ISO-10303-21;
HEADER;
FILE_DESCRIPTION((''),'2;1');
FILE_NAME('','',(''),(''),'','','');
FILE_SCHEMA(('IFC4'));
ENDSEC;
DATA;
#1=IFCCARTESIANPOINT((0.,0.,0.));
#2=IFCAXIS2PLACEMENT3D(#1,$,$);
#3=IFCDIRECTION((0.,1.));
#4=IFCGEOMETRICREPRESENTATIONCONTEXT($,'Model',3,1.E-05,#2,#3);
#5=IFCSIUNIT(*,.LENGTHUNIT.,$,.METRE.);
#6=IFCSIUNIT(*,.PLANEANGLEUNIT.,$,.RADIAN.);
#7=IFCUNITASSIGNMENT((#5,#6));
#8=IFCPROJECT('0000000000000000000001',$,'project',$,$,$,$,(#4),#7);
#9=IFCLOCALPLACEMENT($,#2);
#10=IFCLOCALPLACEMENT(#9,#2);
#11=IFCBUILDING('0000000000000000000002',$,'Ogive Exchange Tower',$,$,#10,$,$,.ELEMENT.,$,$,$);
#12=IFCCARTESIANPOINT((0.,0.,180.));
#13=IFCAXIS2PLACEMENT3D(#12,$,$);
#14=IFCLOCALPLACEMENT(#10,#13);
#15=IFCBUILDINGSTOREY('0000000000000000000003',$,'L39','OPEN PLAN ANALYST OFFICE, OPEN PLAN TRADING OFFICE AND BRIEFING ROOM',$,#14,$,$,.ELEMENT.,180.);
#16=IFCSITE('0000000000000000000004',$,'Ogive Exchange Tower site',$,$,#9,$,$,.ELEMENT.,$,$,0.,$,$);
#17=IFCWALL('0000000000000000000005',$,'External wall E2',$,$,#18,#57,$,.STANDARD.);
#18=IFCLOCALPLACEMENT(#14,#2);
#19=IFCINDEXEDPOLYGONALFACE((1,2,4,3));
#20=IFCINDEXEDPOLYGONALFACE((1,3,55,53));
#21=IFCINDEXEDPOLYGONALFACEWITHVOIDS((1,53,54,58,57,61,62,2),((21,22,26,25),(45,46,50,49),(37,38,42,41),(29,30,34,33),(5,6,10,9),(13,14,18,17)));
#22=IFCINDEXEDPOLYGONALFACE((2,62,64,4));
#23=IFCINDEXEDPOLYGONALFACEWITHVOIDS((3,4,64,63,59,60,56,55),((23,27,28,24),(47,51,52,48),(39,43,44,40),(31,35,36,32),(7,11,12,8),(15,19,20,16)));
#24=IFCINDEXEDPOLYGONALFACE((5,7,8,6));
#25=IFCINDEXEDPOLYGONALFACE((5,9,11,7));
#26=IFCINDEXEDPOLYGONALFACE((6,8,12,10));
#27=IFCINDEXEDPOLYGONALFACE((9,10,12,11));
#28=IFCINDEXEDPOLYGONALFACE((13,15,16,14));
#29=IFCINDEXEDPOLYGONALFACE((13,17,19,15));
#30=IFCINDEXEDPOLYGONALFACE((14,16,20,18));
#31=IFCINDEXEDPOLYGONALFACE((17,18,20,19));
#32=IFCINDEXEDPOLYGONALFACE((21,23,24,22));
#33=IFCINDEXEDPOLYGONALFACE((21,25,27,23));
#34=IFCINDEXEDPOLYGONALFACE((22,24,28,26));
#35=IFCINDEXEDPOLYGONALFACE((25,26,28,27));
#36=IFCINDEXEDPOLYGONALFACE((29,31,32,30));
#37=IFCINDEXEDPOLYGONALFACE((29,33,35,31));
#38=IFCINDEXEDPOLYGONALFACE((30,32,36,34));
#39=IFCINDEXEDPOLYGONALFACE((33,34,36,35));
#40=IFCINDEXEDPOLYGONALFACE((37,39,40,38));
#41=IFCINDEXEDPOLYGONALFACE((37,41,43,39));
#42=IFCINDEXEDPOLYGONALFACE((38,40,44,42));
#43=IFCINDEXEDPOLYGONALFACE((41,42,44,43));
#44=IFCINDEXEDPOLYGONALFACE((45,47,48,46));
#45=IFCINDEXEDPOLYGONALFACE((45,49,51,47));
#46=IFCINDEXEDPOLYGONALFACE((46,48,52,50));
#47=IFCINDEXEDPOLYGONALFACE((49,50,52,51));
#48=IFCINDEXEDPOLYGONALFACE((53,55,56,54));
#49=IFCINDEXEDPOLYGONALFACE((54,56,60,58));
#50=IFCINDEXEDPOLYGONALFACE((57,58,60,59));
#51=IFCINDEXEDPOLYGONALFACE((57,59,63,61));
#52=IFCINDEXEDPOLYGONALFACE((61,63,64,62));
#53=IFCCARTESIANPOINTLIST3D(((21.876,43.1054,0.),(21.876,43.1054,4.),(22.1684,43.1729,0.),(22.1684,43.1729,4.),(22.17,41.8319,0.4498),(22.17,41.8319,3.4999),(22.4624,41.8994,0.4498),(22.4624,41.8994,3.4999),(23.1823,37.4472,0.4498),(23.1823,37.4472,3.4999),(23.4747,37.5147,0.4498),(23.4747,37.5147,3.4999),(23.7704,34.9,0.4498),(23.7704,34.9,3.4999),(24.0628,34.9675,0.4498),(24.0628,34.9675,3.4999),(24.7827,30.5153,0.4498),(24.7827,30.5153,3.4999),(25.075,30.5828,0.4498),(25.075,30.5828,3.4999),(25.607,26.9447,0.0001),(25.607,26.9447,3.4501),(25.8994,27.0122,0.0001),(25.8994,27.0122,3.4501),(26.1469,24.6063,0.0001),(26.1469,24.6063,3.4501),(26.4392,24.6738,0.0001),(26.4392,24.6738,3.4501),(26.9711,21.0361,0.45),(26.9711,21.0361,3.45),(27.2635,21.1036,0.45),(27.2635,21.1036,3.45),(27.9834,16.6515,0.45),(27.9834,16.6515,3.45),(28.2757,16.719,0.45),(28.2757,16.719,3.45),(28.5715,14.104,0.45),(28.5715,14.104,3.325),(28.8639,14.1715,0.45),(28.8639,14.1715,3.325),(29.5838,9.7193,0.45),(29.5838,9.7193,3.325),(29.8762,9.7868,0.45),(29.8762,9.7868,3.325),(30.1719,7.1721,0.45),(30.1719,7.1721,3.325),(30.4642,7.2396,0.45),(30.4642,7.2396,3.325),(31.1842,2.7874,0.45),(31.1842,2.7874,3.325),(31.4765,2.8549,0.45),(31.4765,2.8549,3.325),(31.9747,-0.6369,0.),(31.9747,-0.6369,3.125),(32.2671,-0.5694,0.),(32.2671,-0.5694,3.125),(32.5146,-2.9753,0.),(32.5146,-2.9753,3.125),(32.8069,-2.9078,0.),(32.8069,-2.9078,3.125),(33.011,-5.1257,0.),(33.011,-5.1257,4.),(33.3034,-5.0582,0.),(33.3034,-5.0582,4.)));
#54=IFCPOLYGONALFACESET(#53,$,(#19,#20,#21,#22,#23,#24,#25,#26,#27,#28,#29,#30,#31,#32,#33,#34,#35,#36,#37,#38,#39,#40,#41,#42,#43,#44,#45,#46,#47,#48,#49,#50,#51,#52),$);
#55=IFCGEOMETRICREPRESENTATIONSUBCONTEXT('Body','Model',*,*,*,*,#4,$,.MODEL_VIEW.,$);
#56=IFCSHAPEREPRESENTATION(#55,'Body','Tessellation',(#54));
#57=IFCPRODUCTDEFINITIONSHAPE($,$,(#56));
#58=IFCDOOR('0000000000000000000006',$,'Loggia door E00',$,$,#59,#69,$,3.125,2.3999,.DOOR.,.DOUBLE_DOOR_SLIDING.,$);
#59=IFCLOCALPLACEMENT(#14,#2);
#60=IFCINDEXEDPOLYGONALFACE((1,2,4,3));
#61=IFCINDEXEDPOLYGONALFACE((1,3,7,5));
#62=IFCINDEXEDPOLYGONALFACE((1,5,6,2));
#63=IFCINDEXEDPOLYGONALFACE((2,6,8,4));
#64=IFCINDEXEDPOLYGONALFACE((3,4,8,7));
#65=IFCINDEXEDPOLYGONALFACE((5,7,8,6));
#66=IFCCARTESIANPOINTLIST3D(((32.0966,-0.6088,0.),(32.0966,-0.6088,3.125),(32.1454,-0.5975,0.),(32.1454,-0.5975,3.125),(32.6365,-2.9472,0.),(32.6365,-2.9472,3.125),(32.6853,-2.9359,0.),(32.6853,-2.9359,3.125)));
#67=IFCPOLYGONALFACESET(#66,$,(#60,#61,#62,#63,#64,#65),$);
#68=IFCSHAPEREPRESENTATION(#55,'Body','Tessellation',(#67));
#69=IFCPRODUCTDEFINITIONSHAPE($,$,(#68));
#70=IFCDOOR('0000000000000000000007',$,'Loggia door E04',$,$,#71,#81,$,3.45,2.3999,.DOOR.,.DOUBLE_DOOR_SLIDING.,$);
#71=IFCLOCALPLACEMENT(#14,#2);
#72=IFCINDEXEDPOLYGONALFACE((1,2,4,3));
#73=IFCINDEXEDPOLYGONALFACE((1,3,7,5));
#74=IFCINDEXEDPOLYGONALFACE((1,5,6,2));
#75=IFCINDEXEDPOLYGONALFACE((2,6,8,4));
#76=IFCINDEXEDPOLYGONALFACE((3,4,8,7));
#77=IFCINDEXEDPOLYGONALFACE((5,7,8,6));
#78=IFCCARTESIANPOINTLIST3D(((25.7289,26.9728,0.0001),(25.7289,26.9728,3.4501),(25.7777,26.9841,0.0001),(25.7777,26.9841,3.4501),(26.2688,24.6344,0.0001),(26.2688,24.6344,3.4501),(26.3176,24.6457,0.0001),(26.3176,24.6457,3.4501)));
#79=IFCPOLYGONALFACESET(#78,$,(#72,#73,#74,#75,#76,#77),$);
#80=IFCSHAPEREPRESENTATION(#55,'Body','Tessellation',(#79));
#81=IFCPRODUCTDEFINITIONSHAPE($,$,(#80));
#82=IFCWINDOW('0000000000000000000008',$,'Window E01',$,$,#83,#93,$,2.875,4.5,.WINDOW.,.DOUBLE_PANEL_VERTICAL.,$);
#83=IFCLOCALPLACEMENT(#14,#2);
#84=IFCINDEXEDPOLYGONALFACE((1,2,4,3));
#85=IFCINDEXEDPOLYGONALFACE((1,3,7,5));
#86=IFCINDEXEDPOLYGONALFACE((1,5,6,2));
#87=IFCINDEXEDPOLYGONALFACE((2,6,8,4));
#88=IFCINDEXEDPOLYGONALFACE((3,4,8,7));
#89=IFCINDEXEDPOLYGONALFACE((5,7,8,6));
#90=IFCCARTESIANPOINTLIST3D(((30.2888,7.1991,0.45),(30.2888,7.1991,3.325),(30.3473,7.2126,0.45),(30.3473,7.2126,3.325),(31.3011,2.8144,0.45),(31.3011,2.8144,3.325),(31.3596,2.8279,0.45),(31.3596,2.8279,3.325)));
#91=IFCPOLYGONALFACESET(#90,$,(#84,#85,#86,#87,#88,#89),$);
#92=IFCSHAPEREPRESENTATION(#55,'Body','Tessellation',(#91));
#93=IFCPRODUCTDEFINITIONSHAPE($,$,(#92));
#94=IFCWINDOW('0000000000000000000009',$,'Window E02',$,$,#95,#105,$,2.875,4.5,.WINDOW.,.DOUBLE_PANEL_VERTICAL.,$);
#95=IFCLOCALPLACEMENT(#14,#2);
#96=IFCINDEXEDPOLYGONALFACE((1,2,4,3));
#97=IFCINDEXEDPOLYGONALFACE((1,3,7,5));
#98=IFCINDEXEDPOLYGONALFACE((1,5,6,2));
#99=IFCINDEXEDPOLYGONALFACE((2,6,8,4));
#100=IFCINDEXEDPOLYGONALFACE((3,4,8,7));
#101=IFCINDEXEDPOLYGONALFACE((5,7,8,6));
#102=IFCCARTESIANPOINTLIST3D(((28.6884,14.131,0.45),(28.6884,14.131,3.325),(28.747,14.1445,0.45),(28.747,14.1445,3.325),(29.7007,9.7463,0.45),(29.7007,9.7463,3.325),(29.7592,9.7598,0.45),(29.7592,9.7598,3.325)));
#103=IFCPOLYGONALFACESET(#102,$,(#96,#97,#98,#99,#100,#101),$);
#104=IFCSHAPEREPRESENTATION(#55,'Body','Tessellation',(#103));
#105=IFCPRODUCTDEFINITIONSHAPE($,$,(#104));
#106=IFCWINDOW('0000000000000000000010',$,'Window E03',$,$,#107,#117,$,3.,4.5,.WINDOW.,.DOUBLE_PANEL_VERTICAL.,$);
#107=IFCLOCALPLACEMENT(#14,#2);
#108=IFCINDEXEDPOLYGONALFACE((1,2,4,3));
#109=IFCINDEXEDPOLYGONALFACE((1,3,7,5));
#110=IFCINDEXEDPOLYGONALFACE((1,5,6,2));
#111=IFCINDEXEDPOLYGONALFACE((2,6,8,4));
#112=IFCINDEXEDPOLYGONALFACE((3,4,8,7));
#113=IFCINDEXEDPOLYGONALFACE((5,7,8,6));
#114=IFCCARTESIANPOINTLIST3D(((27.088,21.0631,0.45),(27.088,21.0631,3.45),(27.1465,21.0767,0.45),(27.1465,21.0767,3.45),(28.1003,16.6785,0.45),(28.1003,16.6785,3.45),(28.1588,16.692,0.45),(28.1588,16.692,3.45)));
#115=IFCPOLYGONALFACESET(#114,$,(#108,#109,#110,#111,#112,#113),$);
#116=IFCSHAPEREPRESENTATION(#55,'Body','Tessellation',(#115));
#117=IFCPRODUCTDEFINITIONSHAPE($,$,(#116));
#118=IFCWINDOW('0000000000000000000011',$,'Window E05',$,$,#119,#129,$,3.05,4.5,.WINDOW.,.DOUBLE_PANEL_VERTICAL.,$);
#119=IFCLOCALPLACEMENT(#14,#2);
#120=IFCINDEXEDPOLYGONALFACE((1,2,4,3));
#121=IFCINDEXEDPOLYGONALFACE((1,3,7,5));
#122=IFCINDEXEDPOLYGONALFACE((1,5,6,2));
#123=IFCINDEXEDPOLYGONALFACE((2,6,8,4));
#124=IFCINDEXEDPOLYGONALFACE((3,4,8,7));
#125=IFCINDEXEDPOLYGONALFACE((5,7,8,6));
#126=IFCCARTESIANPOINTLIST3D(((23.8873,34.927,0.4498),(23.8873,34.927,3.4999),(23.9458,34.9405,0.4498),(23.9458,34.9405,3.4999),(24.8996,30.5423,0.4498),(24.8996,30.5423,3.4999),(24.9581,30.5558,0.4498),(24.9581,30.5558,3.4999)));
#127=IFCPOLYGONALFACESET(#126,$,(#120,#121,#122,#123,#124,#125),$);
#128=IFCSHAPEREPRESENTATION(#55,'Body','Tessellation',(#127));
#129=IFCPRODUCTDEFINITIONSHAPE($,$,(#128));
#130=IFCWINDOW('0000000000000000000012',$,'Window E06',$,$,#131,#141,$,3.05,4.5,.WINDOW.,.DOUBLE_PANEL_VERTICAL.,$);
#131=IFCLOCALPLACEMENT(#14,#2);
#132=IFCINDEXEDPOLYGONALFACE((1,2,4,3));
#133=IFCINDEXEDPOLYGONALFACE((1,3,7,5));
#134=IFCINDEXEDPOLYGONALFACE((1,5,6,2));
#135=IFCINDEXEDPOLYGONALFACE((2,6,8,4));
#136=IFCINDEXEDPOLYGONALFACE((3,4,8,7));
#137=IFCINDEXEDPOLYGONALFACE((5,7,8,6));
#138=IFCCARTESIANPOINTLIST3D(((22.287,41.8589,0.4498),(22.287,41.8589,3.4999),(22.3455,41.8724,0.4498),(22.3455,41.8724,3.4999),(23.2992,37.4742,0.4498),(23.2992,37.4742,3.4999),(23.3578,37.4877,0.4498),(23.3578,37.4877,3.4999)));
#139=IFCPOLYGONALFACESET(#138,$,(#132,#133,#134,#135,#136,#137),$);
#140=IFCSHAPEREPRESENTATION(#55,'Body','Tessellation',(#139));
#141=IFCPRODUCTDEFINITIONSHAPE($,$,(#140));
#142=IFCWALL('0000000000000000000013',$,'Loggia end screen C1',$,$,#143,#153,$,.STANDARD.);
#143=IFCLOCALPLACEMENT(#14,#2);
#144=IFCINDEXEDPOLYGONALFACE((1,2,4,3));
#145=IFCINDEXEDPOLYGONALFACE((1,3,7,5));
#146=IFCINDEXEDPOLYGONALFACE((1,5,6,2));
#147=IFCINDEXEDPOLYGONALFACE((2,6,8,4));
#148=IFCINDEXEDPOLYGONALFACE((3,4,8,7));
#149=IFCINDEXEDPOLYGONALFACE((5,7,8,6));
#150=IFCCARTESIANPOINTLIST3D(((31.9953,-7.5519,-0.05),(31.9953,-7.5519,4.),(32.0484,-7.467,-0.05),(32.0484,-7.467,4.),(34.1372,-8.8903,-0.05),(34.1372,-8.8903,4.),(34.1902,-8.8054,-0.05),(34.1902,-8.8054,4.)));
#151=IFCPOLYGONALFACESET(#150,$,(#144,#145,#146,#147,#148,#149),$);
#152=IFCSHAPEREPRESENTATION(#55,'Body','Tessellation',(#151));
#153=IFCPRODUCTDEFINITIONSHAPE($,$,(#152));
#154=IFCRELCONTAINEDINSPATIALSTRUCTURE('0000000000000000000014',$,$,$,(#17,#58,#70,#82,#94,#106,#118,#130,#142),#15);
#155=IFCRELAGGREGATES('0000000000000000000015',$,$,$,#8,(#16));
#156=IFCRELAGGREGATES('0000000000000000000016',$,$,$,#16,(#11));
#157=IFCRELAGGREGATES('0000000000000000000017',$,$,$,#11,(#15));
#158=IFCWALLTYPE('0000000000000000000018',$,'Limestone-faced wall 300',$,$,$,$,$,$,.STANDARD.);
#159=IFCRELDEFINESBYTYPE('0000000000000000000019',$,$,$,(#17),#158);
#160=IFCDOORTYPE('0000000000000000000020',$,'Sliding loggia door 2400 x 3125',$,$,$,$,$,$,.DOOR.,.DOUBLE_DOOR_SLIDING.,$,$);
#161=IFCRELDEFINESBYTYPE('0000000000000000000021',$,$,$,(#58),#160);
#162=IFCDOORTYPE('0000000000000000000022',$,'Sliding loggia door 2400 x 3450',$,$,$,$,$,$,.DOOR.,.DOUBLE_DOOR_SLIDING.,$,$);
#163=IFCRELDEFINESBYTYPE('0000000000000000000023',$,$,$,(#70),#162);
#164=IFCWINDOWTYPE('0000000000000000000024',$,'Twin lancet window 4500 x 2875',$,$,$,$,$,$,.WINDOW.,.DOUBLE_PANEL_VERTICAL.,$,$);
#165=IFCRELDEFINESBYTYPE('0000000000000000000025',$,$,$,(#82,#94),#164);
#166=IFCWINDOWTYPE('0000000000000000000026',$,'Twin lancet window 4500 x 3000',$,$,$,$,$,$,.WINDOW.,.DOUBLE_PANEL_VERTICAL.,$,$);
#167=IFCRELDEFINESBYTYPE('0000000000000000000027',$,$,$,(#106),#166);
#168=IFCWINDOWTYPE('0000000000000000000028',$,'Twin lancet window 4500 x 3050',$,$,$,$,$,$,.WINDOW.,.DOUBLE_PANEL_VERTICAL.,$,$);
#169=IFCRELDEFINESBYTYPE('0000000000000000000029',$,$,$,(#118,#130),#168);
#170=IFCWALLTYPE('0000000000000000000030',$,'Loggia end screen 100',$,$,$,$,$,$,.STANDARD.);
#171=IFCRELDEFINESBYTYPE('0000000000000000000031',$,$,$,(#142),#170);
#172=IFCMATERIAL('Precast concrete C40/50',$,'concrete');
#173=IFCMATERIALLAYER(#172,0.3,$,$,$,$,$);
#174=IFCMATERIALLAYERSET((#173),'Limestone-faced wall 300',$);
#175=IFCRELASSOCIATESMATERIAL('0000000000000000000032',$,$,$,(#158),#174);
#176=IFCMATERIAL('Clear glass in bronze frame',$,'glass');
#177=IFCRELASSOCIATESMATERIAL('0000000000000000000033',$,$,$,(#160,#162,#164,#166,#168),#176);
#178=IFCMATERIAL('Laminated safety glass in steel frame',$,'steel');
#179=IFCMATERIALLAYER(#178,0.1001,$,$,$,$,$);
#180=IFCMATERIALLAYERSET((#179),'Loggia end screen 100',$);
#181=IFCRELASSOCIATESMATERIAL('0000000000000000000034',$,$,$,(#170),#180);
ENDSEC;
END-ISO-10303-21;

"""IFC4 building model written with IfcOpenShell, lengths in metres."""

from ifc_helpers import new_model, si_unit, direction, frame, frame_2d, origin, place, context, subcontext, project, spatial, rectangle, extrude, material, layer, layer_set, type_object, element, fill, save


model = new_model("IFC4")

# Units and contexts
model_context = context("Model", 3, precision=1e-05, world=origin(), true_north=direction((0.0, 1.0)))
body_context = subcontext(model_context, "Body", "Model", "MODEL_VIEW")
ifc_project = project(units=[si_unit("LENGTHUNIT", "METRE"), si_unit("PLANEANGLEUNIT", "RADIAN")], contexts=[model_context])

# Site, building, storey
site_placement = place(None, origin())
site = spatial("IfcSite", under=ifc_project, at=site_placement, Name="Ogive Exchange Tower site", CompositionType="ELEMENT", RefElevation=0.0)
building_placement = place(site_placement, origin())
building = spatial("IfcBuilding", under=site, at=building_placement, Name="Ogive Exchange Tower", CompositionType="ELEMENT")
storey_placement = place(building_placement, frame((0.0, 0.0, 180.0)))
storey = spatial("IfcBuildingStorey", under=building, at=storey_placement, Name="L39", Description="OPEN PLAN ANALYST OFFICE, OPEN PLAN TRADING OFFICE AND BRIEFING ROOM", CompositionType="ELEMENT", Elevation=180.0)

# Wall, openings, doors, windows
ifc_material_1 = material(Name="Precast concrete C40/50", Category="concrete")
ifc_layer_1 = layer(ifc_material_1, 0.3)
ifc_layer_set_1 = layer_set([ifc_layer_1], Name="Limestone-faced wall 300")
wall_type_1 = type_object("IfcWallType", Name="Limestone-faced wall 300", PredefinedType="STANDARD", material=ifc_layer_set_1)
wall_1_placement = place(storey_placement, frame((33.1572, -5.092, 0.0), z_axis=(0.0, 0.0, 1.0), x_axis=(-0.22495, 0.97437, 0.0)))
wall_1 = element("IfcWall", 1, at=wall_1_placement, inside=storey, type_object=wall_type_1, Name="External wall E2", PredefinedType="STANDARD", context=body_context, shape_type="SweptSolid", body=[
    extrude(rectangle(XDim=49.4998, YDim=0.3, at=frame_2d((24.75, 0.0))), origin(), (0.0, 0.0, 1.0), 4.0),
])
opening_1_placement = place(wall_1_placement, frame((2.207, 0.0, 0.0)))
opening_1 = element("IfcOpeningElement", 2, at=opening_1_placement, cuts=wall_1, PredefinedType="OPENING", context=body_context, shape_type="SweptSolid", body=[
    extrude(rectangle(XDim=2.3999, YDim=3.125, at=frame_2d((1.2, 1.5625))), frame((0.0, 0.1599, 0.0), z_axis=(0.0, -1.0, 0.0), x_axis=(1.0, 0.0, 0.0)), (0.0, 0.0, 1.0), 0.3201),
])
opening_2_placement = place(wall_1_placement, frame((8.1213, 0.0, 0.45)))
opening_2 = element("IfcOpeningElement", 3, at=opening_2_placement, cuts=wall_1, PredefinedType="OPENING", context=body_context, shape_type="SweptSolid", body=[
    extrude(rectangle(XDim=4.5, YDim=2.875, at=frame_2d((2.25, 1.4375))), frame((0.0, 0.1599, 0.0), z_axis=(0.0, -1.0, 0.0), x_axis=(1.0, 0.0, 0.0)), (0.0, 0.0, 1.0), 0.3201),
])
opening_3_placement = place(wall_1_placement, frame((15.2356, 0.0, 0.45)))
opening_3 = element("IfcOpeningElement", 4, at=opening_3_placement, cuts=wall_1, PredefinedType="OPENING", context=body_context, shape_type="SweptSolid", body=[
    extrude(rectangle(XDim=4.5, YDim=2.875, at=frame_2d((2.25, 1.4375))), frame((0.0, 0.1599, 0.0), z_axis=(0.0, -1.0, 0.0), x_axis=(1.0, 0.0, 0.0)), (0.0, 0.0, 1.0), 0.3201),
])
opening_4_placement = place(wall_1_placement, frame((22.3501, 0.0, 0.45)))
opening_4 = element("IfcOpeningElement", 5, at=opening_4_placement, cuts=wall_1, PredefinedType="OPENING", context=body_context, shape_type="SweptSolid", body=[
    extrude(rectangle(XDim=4.5, YDim=3.0, at=frame_2d((2.25, 1.5))), frame((0.0, 0.1599, 0.0), z_axis=(0.0, -1.0, 0.0), x_axis=(1.0, 0.0, 0.0)), (0.0, 0.0, 1.0), 0.3201),
])
opening_5_placement = place(wall_1_placement, frame((30.5142, 0.0, 0.0)))
opening_5 = element("IfcOpeningElement", 6, at=opening_5_placement, cuts=wall_1, PredefinedType="OPENING", context=body_context, shape_type="SweptSolid", body=[
    extrude(rectangle(XDim=2.3999, YDim=3.45, at=frame_2d((1.2, 1.7251))), frame((0.0, 0.1599, 0.0), z_axis=(0.0, -1.0, 0.0), x_axis=(1.0, 0.0, 0.0)), (0.0, 0.0, 1.0), 0.3201),
])
opening_6_placement = place(wall_1_placement, frame((36.5786, 0.0, 0.45)))
opening_6 = element("IfcOpeningElement", 7, at=opening_6_placement, cuts=wall_1, PredefinedType="OPENING", context=body_context, shape_type="SweptSolid", body=[
    extrude(rectangle(XDim=4.5, YDim=3.05, at=frame_2d((2.25, 1.5249))), frame((0.0, 0.1599, 0.0), z_axis=(0.0, -1.0, 0.0), x_axis=(1.0, 0.0, 0.0)), (0.0, 0.0, 1.0), 0.3201),
])
opening_7_placement = place(wall_1_placement, frame((43.6929, 0.0, 0.45)))
opening_7 = element("IfcOpeningElement", 8, at=opening_7_placement, cuts=wall_1, PredefinedType="OPENING", context=body_context, shape_type="SweptSolid", body=[
    extrude(rectangle(XDim=4.5, YDim=3.05, at=frame_2d((2.25, 1.5249))), frame((0.0, 0.1599, 0.0), z_axis=(0.0, -1.0, 0.0), x_axis=(1.0, 0.0, 0.0)), (0.0, 0.0, 1.0), 0.3201),
])
ifc_material_2 = material(Name="Clear glass in bronze frame", Category="glass")
door_type_1 = type_object("IfcDoorType", Name="Sliding loggia door 2400 x 3125", OperationType="DOUBLE_DOOR_SLIDING", PredefinedType="DOOR", material=ifc_material_2)
door_1_placement = place(opening_1_placement, origin())
door_1 = element("IfcDoor", 9, at=door_1_placement, inside=storey, type_object=door_type_1, Name="Loggia door E00", OperationType="DOUBLE_DOOR_SLIDING", OverallHeight=3.125, OverallWidth=2.3999, PredefinedType="DOOR", context=body_context, shape_type="SweptSolid", body=[
    extrude(rectangle(XDim=2.3999, YDim=3.125, at=frame_2d((1.2, 1.5625))), frame((0.0, 0.0249, 0.0), z_axis=(0.0, -1.0, 0.0), x_axis=(1.0, 0.0, 0.0)), (0.0, 0.0, 1.0), 0.05),
])
fill(opening_1, door_1)
door_type_2 = type_object("IfcDoorType", Name="Sliding loggia door 2400 x 3450", OperationType="DOUBLE_DOOR_SLIDING", PredefinedType="DOOR", material=ifc_material_2)
door_2_placement = place(opening_5_placement, origin())
door_2 = element("IfcDoor", 10, at=door_2_placement, inside=storey, type_object=door_type_2, Name="Loggia door E04", OperationType="DOUBLE_DOOR_SLIDING", OverallHeight=3.45, OverallWidth=2.3999, PredefinedType="DOOR", context=body_context, shape_type="SweptSolid", body=[
    extrude(rectangle(XDim=2.3999, YDim=3.45, at=frame_2d((1.2, 1.7251))), frame((0.0, 0.0249, 0.0), z_axis=(0.0, -1.0, 0.0), x_axis=(1.0, 0.0, 0.0)), (0.0, 0.0, 1.0), 0.05),
])
fill(opening_5, door_2)
window_type_1 = type_object("IfcWindowType", Name="Twin lancet window 4500 x 2875", PartitioningType="DOUBLE_PANEL_VERTICAL", PredefinedType="WINDOW", material=ifc_material_2)
window_1_placement = place(opening_2_placement, origin())
window_1 = element("IfcWindow", 11, at=window_1_placement, inside=storey, type_object=window_type_1, Name="Window E01", OverallHeight=2.875, OverallWidth=4.5, PartitioningType="DOUBLE_PANEL_VERTICAL", PredefinedType="WINDOW", context=body_context, shape_type="SweptSolid", body=[
    extrude(rectangle(XDim=4.5, YDim=2.875, at=frame_2d((2.25, 1.4375))), frame((0.0, 0.03, 0.0), z_axis=(0.0, -1.0, 0.0), x_axis=(1.0, 0.0, 0.0)), (0.0, 0.0, 1.0), 0.0601),
])
fill(opening_2, window_1)
window_2_placement = place(opening_3_placement, origin())
window_2 = element("IfcWindow", 12, at=window_2_placement, inside=storey, type_object=window_type_1, Name="Window E02", OverallHeight=2.875, OverallWidth=4.5, PartitioningType="DOUBLE_PANEL_VERTICAL", PredefinedType="WINDOW", context=body_context, shape_type="SweptSolid", body=[
    extrude(rectangle(XDim=4.5, YDim=2.875, at=frame_2d((2.25, 1.4375))), frame((0.0, 0.03, 0.0), z_axis=(0.0, -1.0, 0.0), x_axis=(1.0, 0.0, 0.0)), (0.0, 0.0, 1.0), 0.0601),
])
fill(opening_3, window_2)
window_type_2 = type_object("IfcWindowType", Name="Twin lancet window 4500 x 3000", PartitioningType="DOUBLE_PANEL_VERTICAL", PredefinedType="WINDOW", material=ifc_material_2)
window_3_placement = place(opening_4_placement, origin())
window_3 = element("IfcWindow", 13, at=window_3_placement, inside=storey, type_object=window_type_2, Name="Window E03", OverallHeight=3.0, OverallWidth=4.5, PartitioningType="DOUBLE_PANEL_VERTICAL", PredefinedType="WINDOW", context=body_context, shape_type="SweptSolid", body=[
    extrude(rectangle(XDim=4.5, YDim=3.0, at=frame_2d((2.25, 1.5))), frame((0.0, 0.03, 0.0), z_axis=(0.0, -1.0, 0.0), x_axis=(1.0, 0.0, 0.0)), (0.0, 0.0, 1.0), 0.0601),
])
fill(opening_4, window_3)
window_type_3 = type_object("IfcWindowType", Name="Twin lancet window 4500 x 3050", PartitioningType="DOUBLE_PANEL_VERTICAL", PredefinedType="WINDOW", material=ifc_material_2)
window_4_placement = place(opening_6_placement, origin())
window_4 = element("IfcWindow", 14, at=window_4_placement, inside=storey, type_object=window_type_3, Name="Window E05", OverallHeight=3.05, OverallWidth=4.5, PartitioningType="DOUBLE_PANEL_VERTICAL", PredefinedType="WINDOW", context=body_context, shape_type="SweptSolid", body=[
    extrude(rectangle(XDim=4.5, YDim=3.05, at=frame_2d((2.25, 1.5249))), frame((0.0, 0.03, 0.0), z_axis=(0.0, -1.0, 0.0), x_axis=(1.0, 0.0, 0.0)), (0.0, 0.0, 1.0), 0.0601),
])
fill(opening_6, window_4)
window_5_placement = place(opening_7_placement, origin())
window_5 = element("IfcWindow", 15, at=window_5_placement, inside=storey, type_object=window_type_3, Name="Window E06", OverallHeight=3.05, OverallWidth=4.5, PartitioningType="DOUBLE_PANEL_VERTICAL", PredefinedType="WINDOW", context=body_context, shape_type="SweptSolid", body=[
    extrude(rectangle(XDim=4.5, YDim=3.05, at=frame_2d((2.25, 1.5249))), frame((0.0, 0.03, 0.0), z_axis=(0.0, -1.0, 0.0), x_axis=(1.0, 0.0, 0.0)), (0.0, 0.0, 1.0), 0.0601),
])
fill(opening_7, window_5)

# Wall
ifc_material_3 = material(Name="Laminated safety glass in steel frame", Category="steel")
ifc_layer_2 = layer(ifc_material_3, 0.1001)
ifc_layer_set_2 = layer_set([ifc_layer_2], Name="Loggia end screen 100")
wall_type_2 = type_object("IfcWallType", Name="Loggia end screen 100", PredefinedType="STANDARD", material=ifc_layer_set_2)
wall_2_placement = place(storey_placement, frame((32.022, -7.5095, -0.05), z_axis=(0.0, 0.0, 1.0), x_axis=(0.848047, -0.529921, 0.0)))
element("IfcWall", 16, at=wall_2_placement, inside=storey, type_object=wall_type_2, Name="Loggia end screen C1", PredefinedType="STANDARD", context=body_context, shape_type="SweptSolid", body=[
    extrude(rectangle(XDim=2.5256, YDim=0.1001, at=frame_2d((1.2627, 0.0))), origin(), (0.0, 0.0, 1.0), 4.05),
])

save(model, "model.ifc")
